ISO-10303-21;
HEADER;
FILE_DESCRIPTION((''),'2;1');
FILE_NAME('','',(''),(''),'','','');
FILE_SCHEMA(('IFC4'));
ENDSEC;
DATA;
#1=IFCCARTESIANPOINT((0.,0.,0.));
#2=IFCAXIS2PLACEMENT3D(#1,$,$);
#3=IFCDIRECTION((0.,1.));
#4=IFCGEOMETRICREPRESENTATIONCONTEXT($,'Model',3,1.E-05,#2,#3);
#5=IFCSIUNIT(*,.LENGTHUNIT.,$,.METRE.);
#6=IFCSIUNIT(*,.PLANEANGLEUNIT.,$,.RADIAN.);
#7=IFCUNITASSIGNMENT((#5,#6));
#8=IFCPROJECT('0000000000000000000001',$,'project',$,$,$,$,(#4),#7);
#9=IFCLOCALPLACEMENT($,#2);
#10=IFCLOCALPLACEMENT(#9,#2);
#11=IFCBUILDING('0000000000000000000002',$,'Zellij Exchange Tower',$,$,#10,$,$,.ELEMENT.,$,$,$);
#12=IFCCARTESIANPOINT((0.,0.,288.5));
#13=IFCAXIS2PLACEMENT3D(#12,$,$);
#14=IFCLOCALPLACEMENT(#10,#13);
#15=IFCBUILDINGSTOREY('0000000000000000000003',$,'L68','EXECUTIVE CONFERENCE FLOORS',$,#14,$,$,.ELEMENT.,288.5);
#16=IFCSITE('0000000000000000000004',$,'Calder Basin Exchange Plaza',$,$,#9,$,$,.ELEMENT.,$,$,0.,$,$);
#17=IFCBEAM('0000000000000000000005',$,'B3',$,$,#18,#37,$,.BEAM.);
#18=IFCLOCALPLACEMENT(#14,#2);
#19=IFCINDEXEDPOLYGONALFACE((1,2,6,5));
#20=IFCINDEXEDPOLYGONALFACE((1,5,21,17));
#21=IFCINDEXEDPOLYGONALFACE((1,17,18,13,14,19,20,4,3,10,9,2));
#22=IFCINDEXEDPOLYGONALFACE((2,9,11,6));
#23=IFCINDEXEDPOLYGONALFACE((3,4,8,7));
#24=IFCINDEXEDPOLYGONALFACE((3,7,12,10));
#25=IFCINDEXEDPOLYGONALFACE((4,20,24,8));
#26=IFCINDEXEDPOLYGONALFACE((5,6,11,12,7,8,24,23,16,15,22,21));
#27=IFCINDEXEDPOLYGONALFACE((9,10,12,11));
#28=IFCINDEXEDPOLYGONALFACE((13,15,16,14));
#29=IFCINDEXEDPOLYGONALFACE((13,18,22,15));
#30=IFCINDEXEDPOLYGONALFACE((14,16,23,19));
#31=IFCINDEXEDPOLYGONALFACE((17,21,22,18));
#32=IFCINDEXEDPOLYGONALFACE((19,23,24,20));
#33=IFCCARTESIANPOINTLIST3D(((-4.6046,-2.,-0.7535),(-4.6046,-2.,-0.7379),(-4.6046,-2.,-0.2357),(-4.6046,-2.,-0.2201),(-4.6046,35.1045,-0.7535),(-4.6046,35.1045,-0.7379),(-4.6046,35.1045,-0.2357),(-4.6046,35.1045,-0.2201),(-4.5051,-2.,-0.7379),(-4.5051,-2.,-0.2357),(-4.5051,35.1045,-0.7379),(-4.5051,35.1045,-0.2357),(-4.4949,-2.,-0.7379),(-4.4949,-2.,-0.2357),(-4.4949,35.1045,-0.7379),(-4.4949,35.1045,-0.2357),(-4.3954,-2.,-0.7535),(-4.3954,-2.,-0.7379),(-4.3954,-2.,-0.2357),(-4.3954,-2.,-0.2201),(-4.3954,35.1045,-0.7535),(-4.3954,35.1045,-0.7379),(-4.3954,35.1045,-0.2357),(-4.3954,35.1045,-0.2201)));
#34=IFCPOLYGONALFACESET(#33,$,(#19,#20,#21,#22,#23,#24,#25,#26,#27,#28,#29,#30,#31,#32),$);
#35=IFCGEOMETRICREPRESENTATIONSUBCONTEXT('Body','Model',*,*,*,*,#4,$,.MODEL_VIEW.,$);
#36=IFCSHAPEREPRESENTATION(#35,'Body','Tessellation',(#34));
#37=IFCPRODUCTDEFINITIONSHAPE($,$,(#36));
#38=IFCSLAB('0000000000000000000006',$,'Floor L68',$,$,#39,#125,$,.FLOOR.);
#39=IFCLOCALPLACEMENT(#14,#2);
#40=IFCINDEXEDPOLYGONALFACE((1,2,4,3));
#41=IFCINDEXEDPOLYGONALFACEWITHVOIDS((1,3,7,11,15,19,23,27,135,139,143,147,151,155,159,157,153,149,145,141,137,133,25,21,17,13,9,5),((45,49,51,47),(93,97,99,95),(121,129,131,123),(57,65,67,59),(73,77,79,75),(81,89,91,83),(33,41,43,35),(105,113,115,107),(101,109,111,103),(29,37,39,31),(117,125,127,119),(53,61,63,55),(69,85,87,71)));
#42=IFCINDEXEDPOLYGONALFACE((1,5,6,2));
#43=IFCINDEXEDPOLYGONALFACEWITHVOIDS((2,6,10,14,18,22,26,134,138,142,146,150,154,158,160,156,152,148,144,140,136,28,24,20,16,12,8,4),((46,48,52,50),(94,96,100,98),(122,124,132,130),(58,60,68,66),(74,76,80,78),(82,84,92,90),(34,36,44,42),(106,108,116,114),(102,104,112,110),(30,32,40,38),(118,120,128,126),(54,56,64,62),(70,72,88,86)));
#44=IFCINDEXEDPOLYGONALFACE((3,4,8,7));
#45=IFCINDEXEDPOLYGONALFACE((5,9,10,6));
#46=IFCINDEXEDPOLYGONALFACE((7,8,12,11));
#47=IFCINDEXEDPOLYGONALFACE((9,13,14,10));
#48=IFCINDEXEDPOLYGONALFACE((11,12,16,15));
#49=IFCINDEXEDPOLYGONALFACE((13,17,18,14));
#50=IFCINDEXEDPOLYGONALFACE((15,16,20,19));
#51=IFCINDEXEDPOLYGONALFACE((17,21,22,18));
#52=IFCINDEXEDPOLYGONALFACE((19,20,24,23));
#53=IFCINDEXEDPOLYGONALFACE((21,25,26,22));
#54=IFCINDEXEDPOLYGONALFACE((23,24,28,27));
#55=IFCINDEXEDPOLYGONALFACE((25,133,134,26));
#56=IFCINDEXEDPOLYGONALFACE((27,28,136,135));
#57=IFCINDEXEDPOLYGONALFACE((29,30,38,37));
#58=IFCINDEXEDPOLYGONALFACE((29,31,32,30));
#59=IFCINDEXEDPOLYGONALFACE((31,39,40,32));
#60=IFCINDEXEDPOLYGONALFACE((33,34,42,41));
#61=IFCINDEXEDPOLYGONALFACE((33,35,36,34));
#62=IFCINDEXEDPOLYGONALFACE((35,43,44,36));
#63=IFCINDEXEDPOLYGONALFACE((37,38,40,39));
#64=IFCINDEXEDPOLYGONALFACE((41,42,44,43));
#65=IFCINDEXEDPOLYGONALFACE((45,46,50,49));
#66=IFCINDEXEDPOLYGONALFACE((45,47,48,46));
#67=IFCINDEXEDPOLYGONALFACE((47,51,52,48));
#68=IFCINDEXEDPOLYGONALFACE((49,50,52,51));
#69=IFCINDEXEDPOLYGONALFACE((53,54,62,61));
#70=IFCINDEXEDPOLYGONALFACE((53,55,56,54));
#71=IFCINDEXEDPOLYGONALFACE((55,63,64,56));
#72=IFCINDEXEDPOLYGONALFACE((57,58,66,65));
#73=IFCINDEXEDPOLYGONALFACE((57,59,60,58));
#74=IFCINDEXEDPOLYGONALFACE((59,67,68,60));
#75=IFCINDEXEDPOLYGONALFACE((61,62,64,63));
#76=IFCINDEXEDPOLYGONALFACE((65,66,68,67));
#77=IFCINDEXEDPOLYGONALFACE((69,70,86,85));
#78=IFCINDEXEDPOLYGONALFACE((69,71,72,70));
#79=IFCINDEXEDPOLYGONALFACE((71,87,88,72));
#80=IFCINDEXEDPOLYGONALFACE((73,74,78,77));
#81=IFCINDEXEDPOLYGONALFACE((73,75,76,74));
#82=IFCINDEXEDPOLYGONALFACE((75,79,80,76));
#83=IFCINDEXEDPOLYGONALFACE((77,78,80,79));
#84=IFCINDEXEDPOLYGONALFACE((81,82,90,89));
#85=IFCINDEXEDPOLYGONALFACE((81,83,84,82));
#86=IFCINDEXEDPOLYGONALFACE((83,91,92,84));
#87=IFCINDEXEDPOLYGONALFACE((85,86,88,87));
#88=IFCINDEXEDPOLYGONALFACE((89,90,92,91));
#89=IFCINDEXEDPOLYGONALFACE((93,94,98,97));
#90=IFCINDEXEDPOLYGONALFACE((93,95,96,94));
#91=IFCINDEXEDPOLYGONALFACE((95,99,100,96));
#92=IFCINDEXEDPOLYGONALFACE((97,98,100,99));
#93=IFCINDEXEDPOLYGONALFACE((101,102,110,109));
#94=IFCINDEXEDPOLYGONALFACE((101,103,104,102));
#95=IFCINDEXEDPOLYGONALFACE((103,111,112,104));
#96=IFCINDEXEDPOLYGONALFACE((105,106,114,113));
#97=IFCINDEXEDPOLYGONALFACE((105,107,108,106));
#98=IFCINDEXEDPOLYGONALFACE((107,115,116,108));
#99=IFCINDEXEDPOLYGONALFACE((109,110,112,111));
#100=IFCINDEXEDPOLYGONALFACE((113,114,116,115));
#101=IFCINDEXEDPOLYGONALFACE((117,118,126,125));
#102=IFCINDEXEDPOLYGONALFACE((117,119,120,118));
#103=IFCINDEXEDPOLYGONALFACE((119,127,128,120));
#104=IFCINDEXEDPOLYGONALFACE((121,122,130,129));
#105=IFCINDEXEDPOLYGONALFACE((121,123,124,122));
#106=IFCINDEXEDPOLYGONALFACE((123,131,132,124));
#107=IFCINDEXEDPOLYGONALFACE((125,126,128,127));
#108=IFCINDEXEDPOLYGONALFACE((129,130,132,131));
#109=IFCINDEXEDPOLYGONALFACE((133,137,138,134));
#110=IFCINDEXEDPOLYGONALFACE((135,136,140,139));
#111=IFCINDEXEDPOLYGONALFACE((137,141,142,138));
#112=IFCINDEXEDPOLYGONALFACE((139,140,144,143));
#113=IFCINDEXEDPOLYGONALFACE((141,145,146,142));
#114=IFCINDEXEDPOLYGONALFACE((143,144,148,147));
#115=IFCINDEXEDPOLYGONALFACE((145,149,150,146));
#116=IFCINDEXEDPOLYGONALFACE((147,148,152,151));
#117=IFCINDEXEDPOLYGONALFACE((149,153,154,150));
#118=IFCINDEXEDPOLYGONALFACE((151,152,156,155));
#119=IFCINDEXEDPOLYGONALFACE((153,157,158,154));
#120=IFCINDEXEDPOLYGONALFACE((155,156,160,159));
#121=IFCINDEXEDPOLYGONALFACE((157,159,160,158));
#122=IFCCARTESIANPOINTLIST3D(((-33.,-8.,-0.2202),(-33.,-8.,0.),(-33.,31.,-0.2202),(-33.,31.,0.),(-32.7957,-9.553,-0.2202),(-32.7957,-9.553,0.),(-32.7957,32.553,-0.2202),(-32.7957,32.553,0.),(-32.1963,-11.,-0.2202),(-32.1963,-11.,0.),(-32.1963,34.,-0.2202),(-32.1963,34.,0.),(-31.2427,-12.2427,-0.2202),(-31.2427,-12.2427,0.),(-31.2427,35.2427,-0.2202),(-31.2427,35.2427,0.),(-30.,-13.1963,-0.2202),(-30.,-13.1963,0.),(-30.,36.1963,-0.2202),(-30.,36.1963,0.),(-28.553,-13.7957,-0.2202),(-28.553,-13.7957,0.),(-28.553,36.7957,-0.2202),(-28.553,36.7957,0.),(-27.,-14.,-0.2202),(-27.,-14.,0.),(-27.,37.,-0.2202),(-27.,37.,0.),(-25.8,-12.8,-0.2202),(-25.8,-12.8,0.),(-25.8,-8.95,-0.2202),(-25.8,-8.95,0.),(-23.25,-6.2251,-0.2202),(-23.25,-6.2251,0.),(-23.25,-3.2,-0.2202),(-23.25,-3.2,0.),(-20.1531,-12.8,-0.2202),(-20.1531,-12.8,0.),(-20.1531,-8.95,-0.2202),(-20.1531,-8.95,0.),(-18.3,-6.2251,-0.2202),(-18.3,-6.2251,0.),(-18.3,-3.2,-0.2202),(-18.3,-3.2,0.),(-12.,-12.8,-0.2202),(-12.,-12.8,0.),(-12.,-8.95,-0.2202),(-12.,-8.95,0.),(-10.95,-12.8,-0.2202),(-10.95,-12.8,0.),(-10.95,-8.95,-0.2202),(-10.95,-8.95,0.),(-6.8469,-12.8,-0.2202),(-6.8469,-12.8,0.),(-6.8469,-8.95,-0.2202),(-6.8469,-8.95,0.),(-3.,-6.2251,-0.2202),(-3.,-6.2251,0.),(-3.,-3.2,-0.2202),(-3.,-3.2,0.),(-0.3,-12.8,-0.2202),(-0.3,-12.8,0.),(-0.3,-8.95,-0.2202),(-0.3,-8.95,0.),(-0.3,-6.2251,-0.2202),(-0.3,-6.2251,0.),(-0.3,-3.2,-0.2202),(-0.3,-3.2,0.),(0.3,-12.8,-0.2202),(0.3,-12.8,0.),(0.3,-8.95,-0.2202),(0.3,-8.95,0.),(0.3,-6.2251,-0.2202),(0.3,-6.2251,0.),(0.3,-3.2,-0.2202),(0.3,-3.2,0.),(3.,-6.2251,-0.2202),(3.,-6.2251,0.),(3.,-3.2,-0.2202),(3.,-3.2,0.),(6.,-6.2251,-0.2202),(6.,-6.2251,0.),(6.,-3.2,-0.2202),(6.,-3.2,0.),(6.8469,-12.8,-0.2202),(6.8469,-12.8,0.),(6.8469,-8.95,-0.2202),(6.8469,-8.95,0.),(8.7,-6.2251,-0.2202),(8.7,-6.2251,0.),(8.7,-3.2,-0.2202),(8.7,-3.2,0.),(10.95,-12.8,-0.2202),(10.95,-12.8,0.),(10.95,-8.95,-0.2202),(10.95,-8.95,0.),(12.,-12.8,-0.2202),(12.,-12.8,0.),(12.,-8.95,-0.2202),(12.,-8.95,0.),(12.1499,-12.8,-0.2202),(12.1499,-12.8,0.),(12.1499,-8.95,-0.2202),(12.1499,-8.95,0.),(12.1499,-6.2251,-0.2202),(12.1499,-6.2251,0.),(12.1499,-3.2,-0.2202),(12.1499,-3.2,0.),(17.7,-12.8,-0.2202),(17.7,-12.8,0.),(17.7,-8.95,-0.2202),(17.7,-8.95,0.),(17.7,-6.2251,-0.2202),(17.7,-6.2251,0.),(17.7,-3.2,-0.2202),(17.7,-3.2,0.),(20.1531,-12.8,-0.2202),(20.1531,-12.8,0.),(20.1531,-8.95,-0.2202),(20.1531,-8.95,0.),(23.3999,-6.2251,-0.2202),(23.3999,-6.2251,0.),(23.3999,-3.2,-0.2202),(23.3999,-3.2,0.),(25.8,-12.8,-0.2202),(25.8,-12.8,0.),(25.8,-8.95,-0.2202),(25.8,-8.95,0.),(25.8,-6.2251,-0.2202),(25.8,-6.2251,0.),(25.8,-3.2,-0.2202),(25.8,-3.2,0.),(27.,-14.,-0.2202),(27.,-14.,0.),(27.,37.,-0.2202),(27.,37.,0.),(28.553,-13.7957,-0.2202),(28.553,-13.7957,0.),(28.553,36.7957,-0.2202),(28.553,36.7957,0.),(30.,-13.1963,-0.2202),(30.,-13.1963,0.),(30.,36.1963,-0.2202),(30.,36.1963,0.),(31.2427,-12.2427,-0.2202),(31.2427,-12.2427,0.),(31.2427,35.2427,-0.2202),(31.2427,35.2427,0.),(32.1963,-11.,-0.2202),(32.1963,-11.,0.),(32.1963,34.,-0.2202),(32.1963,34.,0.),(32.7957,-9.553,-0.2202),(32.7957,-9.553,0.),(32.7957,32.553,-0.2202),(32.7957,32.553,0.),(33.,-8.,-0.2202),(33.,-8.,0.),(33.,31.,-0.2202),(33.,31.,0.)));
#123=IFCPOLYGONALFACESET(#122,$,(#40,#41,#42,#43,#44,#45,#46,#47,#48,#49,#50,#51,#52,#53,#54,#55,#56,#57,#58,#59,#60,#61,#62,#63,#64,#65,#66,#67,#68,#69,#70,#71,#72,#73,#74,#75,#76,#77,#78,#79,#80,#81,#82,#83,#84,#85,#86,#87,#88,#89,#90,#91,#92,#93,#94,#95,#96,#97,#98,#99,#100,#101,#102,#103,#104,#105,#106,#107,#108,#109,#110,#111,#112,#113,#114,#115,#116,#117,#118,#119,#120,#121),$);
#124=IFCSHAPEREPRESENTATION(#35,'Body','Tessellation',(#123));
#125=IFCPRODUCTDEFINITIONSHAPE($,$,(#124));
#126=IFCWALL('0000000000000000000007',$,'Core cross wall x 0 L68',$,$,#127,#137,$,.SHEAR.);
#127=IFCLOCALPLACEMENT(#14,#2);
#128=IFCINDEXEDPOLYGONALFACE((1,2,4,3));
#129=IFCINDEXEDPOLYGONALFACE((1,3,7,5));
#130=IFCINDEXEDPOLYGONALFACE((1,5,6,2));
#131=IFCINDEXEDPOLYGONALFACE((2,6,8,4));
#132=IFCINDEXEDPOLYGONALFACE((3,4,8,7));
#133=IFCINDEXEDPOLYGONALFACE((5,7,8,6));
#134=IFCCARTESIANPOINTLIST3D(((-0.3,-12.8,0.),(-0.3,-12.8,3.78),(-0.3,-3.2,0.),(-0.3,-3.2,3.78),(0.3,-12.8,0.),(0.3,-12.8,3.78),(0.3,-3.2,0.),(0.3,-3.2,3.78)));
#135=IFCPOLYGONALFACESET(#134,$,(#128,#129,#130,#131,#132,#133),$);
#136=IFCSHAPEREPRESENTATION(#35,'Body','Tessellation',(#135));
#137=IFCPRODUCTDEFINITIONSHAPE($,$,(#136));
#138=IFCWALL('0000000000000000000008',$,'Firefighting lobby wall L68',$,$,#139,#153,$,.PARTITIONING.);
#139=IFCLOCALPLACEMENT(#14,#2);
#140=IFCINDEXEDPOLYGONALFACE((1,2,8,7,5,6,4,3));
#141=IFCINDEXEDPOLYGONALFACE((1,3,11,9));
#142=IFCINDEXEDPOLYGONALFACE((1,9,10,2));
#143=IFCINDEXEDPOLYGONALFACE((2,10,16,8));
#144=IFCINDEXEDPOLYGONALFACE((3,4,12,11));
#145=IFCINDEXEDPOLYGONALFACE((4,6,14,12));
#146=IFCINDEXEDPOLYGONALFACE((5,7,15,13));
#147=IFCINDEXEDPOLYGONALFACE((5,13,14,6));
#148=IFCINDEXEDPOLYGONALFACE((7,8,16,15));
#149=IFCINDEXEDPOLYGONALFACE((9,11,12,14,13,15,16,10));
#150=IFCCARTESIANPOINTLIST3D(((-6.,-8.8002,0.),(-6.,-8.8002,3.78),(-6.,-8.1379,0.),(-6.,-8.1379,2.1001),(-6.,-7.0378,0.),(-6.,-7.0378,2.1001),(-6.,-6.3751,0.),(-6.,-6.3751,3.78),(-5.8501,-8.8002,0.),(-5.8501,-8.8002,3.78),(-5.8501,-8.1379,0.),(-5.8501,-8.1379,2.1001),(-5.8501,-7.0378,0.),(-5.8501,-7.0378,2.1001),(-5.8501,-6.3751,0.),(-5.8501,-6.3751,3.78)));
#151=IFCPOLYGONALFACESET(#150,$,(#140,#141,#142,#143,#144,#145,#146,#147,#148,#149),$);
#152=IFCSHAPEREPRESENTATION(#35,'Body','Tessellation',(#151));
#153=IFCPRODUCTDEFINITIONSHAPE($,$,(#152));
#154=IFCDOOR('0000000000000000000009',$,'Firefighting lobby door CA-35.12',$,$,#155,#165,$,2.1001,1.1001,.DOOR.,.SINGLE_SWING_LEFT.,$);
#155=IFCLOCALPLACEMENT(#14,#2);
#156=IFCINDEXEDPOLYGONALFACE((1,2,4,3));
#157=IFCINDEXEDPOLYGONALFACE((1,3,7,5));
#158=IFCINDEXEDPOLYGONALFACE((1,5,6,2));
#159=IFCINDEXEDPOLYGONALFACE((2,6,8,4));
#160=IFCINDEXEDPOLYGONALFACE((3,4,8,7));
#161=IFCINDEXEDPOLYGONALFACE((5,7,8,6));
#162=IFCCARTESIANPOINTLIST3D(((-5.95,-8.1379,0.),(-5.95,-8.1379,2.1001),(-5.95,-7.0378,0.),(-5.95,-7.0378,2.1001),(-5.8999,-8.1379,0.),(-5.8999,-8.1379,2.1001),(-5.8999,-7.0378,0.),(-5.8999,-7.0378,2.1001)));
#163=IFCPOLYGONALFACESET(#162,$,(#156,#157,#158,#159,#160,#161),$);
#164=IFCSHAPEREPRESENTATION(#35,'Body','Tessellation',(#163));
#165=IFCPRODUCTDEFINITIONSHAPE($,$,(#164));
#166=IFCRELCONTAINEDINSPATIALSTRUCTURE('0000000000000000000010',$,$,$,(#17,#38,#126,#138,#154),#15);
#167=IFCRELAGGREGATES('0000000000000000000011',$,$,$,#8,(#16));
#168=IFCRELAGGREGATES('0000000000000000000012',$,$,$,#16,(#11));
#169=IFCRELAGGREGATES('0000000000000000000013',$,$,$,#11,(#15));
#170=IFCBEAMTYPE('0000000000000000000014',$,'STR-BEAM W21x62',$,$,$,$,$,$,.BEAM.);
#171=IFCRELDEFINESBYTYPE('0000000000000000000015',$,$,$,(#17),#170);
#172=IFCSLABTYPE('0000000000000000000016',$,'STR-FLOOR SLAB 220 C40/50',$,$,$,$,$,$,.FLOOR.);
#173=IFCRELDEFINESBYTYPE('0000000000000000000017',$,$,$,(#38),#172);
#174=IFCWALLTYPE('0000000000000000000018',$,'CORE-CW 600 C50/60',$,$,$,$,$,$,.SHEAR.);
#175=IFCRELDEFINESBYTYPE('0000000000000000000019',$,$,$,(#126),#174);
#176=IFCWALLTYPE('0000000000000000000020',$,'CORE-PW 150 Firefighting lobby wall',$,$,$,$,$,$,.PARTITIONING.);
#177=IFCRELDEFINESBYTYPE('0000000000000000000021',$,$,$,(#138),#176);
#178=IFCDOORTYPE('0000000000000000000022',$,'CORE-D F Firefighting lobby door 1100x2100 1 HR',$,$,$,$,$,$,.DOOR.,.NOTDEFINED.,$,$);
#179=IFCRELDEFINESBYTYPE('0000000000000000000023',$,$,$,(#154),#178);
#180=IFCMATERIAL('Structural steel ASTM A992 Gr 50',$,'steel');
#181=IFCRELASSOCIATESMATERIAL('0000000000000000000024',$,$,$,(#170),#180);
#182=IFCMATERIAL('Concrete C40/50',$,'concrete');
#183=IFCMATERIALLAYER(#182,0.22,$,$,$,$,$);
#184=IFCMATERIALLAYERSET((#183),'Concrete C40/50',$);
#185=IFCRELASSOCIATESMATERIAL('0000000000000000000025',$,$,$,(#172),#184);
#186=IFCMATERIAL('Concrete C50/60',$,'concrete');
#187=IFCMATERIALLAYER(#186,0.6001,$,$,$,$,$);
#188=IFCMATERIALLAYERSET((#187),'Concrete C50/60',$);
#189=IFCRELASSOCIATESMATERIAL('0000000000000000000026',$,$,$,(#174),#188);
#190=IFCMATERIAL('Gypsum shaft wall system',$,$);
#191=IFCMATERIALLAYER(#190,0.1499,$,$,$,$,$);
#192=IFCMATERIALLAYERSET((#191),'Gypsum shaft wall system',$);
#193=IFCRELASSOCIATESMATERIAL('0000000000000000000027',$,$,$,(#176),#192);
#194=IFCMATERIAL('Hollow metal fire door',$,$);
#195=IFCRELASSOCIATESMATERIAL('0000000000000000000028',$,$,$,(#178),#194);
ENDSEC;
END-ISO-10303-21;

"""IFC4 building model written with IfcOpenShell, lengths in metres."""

from ifc_helpers import new_model, si_unit, direction, frame, frame_2d, origin, origin_2d, place, context, subcontext, project, spatial, polyline, rectangle, i_section, outline, extrude, material, layer, layer_set, material_profile, profile_set, type_object, element, fill, save


model = new_model("IFC4")

# Units and contexts
model_context = context("Model", 3, precision=1e-05, world=origin(), true_north=direction((0.0, 1.0)))
body_context = subcontext(model_context, "Body", "Model", "MODEL_VIEW")
ifc_project = project(units=[si_unit("LENGTHUNIT", "METRE"), si_unit("PLANEANGLEUNIT", "RADIAN")], contexts=[model_context])

# Site, building, storey
site_placement = place(None, origin())
site = spatial("IfcSite", under=ifc_project, at=site_placement, Name="Calder Basin Exchange Plaza", CompositionType="ELEMENT", RefElevation=0.0)
building_placement = place(site_placement, origin())
building = spatial("IfcBuilding", under=site, at=building_placement, Name="Zellij Exchange Tower", CompositionType="ELEMENT")
storey_placement = place(building_placement, frame((0.0, 0.0, 288.5)))
storey = spatial("IfcBuildingStorey", under=building, at=storey_placement, Name="L68", Description="EXECUTIVE CONFERENCE FLOORS", CompositionType="ELEMENT", Elevation=288.5)

# Beam
ifc_material_1 = material(Name="Structural steel ASTM A992 Gr 50", Category="steel")
ifc_material_profile = material_profile(ifc_material_1, i_section(OverallWidth=0.2092, OverallDepth=0.5334, WebThickness=0.0103, FlangeThickness=0.0156, at=origin_2d()), Name="W21x62")
ifc_profile_set = profile_set([ifc_material_profile], Name="Structural steel ASTM A992 Gr 50")
beam_type = type_object("IfcBeamType", Name="STR-BEAM W21x62", PredefinedType="BEAM", material=ifc_profile_set)
beam_placement = place(storey_placement, frame((-4.5, -2.0, -0.4868), z_axis=(0.0, 1.0, 0.0), x_axis=(-1.0, 0.0, 0.0)))
element("IfcBeam", 1, at=beam_placement, inside=storey, type_object=beam_type, Name="B3", PredefinedType="BEAM", context=body_context, shape_type="SweptSolid", body=[
    extrude(i_section(OverallWidth=0.2092, OverallDepth=0.5334, WebThickness=0.0103, FlangeThickness=0.0156, at=origin_2d()), origin(), (0.0, 0.0, 1.0), 37.1045),
])

# Slab
ifc_material_2 = material(Name="Concrete C40/50", Category="concrete")
ifc_layer_1 = layer(ifc_material_2, 0.22)
ifc_layer_set_1 = layer_set([ifc_layer_1], Name="Concrete C40/50")
slab_type = type_object("IfcSlabType", Name="STR-FLOOR SLAB 220 C40/50", PredefinedType="FLOOR", material=ifc_layer_set_1)
slab_placement = place(storey_placement, frame((0.0, 0.0, -0.2202)))
element("IfcSlab", 2, at=slab_placement, inside=storey, type_object=slab_type, Name="Floor L68", PredefinedType="FLOOR", context=body_context, shape_type="SweptSolid", body=[
    extrude(outline(polyline([(-27.0, -14.0), (-28.553, -13.7957), (-30.0, -13.1963), (-31.2427, -12.2427), (-32.1963, -11.0), (-32.7957, -9.553), (-33.0, -8.0), (-33.0, 31.0), (-32.7957, 32.553), (-32.1963, 34.0), (-31.2427, 35.2427), (-30.0, 36.1963), (-28.553, 36.7957), (-27.0, 37.0), (27.0, 37.0), (28.553, 36.7957), (30.0, 36.1963), (31.2427, 35.2427), (32.1963, 34.0), (32.7957, 32.553), (33.0, 31.0), (33.0, -8.0), (32.7957, -9.553), (32.1963, -11.0), (31.2427, -12.2427), (30.0, -13.1963), (28.553, -13.7957), (27.0, -14.0), (-27.0, -14.0)]), holes=[polyline([(-25.8, -8.95), (-25.8, -12.8), (-20.1531, -12.8), (-20.1531, -8.95), (-25.8, -8.95)]), polyline([(-10.95, -8.95), (-12.0, -8.95), (-12.0, -12.8), (-10.95, -12.8), (-10.95, -8.95)]), polyline([(-0.3, -8.95), (-6.8469, -8.95), (-6.8469, -12.8), (-0.3, -12.8), (-0.3, -8.95)]), polyline([(0.3, -8.95), (0.3, -12.8), (6.8469, -12.8), (6.8469, -8.95), (0.3, -8.95)]), polyline([(-18.3, -3.2), (-23.25, -3.2), (-23.25, -6.2251), (-18.3, -6.2251), (-18.3, -3.2)]), polyline([(-0.3, -3.2), (-3.0, -3.2), (-3.0, -6.2251), (-0.3, -6.2251), (-0.3, -3.2)]), polyline([(0.3, -3.2), (0.3, -6.2251), (3.0, -6.2251), (3.0, -3.2), (0.3, -3.2)]), polyline([(12.0, -8.95), (10.95, -8.95), (10.95, -12.8), (12.0, -12.8), (12.0, -8.95)]), polyline([(17.7, -8.95), (12.1499, -8.95), (12.1499, -12.8), (17.7, -12.8), (17.7, -8.95)]), polyline([(25.8, -8.95), (20.1531, -8.95), (20.1531, -12.8), (25.8, -12.8), (25.8, -8.95)]), polyline([(8.7, -3.2), (6.0, -3.2), (6.0, -6.2251), (8.7, -6.2251), (8.7, -3.2)]), polyline([(17.7, -3.2), (12.1499, -3.2), (12.1499, -6.2251), (17.7, -6.2251), (17.7, -3.2)]), polyline([(25.8, -3.2), (23.3999, -3.2), (23.3999, -6.2251), (25.8, -6.2251), (25.8, -3.2)])]), origin(), (0.0, 0.0, 1.0), 0.2202),
])

# Wall
ifc_material_3 = material(Name="Concrete C50/60", Category="concrete")
ifc_layer_2 = layer(ifc_material_3, 0.6001)
ifc_layer_set_2 = layer_set([ifc_layer_2], Name="Concrete C50/60")
wall_type_1 = type_object("IfcWallType", Name="CORE-CW 600 C50/60", PredefinedType="SHEAR", material=ifc_layer_set_2)
wall_1_placement = place(storey_placement, frame((0.0, -12.8, 0.0), z_axis=(0.0, 0.0, 1.0), x_axis=(0.0, 1.0, 0.0)))
element("IfcWall", 3, at=wall_1_placement, inside=storey, type_object=wall_type_1, Name="Core cross wall x 0 L68", PredefinedType="SHEAR", context=body_context, shape_type="SweptSolid", body=[
    extrude(rectangle(XDim=9.6001, YDim=0.6001, at=frame_2d((4.8, 0.0))), origin(), (0.0, 0.0, 1.0), 3.78),
])

# Wall, opening, door
ifc_material_4 = material(Name="Gypsum shaft wall system")
ifc_layer_3 = layer(ifc_material_4, 0.1499)
ifc_layer_set_3 = layer_set([ifc_layer_3], Name="Gypsum shaft wall system")
wall_type_2 = type_object("IfcWallType", Name="CORE-PW 150 Firefighting lobby wall", PredefinedType="PARTITIONING", material=ifc_layer_set_3)
wall_2_placement = place(storey_placement, frame((-5.925, -8.8, 0.0), z_axis=(0.0, 0.0, 1.0), x_axis=(0.0, 1.0, 0.0)))
wall_2 = element("IfcWall", 4, at=wall_2_placement, inside=storey, type_object=wall_type_2, Name="Firefighting lobby wall L68", PredefinedType="PARTITIONING", context=body_context, shape_type="SweptSolid", body=[
    extrude(rectangle(XDim=2.425, YDim=0.1499, at=frame_2d((1.2124, 0.0))), origin(), (0.0, 0.0, 1.0), 3.78),
])
opening_1_placement = place(wall_2_placement, frame((0.6621, 0.0, 0.0)))
opening_1 = element("IfcOpeningElement", 5, at=opening_1_placement, cuts=wall_2, PredefinedType="OPENING", context=body_context, shape_type="SweptSolid", body=[
    extrude(rectangle(XDim=1.1001, YDim=2.1001, at=frame_2d((0.55, 1.05))), frame((0.0, 0.0869, 0.0), z_axis=(0.0, -1.0, 0.0), x_axis=(1.0, 0.0, 0.0)), (0.0, 0.0, 1.0), 0.1738),
])
ifc_material_5 = material(Name="Hollow metal fire door")
door_type_1 = type_object("IfcDoorType", Name="CORE-D F Firefighting lobby door 1100x2100 1 HR", OperationType="NOTDEFINED", PredefinedType="DOOR", material=ifc_material_5)
door_1_placement = place(opening_1_placement, origin())
door_1 = element("IfcDoor", 6, at=door_1_placement, inside=storey, type_object=door_type_1, Name="Firefighting lobby door CA-35.12", OperationType="SINGLE_SWING_LEFT", OverallHeight=2.1001, OverallWidth=1.1001, PredefinedType="DOOR", context=body_context, shape_type="SweptSolid", body=[
    extrude(rectangle(XDim=1.1001, YDim=2.1001, at=frame_2d((0.55, 1.05))), frame((0.0, 0.0249, 0.0), z_axis=(0.0, -1.0, 0.0), x_axis=(1.0, 0.0, 0.0)), (0.0, 0.0, 1.0), 0.05),
])
fill(opening_1, door_1)

save(model, "model.ifc")
